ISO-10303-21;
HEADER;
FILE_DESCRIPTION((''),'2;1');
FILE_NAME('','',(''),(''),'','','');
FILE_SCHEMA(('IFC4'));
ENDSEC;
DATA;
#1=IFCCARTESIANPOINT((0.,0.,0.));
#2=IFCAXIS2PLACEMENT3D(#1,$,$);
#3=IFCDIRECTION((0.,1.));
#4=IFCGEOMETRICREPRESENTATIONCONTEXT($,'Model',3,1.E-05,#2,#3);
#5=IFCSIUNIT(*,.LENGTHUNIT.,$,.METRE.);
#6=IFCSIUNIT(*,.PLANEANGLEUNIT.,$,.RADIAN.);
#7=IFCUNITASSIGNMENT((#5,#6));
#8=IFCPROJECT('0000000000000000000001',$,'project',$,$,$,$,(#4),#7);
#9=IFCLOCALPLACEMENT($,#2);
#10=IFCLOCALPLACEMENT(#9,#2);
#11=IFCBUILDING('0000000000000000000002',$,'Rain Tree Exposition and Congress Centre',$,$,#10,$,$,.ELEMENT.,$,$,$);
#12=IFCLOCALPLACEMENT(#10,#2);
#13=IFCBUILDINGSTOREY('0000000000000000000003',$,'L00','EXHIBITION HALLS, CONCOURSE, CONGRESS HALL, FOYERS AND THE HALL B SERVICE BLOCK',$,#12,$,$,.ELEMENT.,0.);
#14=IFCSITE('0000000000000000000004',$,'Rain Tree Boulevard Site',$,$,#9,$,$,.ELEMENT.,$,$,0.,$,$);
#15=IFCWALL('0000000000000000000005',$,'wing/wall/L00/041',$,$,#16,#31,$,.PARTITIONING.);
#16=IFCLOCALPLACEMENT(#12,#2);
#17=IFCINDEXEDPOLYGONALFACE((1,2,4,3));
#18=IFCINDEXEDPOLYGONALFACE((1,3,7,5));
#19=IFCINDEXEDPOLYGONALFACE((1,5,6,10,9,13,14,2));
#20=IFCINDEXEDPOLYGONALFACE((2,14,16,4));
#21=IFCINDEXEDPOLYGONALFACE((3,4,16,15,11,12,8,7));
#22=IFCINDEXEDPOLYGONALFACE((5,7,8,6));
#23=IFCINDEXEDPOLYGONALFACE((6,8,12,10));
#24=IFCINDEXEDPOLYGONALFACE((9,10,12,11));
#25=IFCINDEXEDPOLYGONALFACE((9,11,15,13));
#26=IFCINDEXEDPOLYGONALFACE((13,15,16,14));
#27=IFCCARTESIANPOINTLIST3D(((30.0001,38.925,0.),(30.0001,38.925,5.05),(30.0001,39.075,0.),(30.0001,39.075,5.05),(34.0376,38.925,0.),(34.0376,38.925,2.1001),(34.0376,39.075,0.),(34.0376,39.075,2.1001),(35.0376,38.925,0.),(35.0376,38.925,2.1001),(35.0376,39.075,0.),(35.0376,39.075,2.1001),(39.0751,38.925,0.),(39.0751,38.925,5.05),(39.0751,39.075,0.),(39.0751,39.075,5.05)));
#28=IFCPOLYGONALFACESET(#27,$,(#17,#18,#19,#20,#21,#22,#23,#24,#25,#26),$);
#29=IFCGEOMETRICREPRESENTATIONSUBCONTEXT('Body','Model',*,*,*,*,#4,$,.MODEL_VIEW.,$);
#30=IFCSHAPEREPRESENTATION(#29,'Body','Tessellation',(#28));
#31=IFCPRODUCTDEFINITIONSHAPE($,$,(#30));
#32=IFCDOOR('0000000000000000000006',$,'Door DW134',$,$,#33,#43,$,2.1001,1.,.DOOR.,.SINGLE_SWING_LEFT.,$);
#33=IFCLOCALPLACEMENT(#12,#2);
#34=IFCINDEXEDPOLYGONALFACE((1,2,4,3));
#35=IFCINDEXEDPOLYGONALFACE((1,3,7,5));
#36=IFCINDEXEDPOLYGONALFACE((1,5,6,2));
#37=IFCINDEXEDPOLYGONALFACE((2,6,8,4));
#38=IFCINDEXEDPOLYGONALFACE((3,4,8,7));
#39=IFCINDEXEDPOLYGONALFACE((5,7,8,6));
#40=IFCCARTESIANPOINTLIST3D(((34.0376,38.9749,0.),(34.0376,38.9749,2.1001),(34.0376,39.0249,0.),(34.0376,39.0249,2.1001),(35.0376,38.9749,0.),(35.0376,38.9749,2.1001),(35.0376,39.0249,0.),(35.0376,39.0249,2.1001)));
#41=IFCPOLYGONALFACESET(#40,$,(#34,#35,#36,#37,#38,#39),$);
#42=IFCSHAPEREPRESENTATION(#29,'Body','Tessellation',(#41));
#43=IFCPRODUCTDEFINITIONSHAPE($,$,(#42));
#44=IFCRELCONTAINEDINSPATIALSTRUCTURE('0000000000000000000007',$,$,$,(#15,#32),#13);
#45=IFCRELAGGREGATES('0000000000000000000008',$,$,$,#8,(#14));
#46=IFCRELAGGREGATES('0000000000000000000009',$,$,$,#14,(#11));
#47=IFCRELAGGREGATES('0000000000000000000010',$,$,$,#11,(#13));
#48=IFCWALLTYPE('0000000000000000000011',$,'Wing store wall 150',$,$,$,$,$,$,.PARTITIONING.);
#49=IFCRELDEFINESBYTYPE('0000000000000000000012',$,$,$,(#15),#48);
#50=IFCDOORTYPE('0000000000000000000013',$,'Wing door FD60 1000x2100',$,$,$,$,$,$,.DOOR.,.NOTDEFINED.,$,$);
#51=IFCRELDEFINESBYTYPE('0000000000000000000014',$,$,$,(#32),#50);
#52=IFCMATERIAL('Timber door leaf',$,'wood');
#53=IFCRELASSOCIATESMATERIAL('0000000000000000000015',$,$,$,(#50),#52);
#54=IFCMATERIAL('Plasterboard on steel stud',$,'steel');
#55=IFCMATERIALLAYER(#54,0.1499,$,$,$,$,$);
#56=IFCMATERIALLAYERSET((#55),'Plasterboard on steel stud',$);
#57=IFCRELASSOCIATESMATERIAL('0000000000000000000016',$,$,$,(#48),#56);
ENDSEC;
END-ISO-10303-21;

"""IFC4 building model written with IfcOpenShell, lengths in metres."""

from ifc_helpers import new_model, si_unit, direction, frame, frame_2d, origin, place, context, subcontext, project, spatial, rectangle, extrude, material, layer, layer_set, type_object, element, fill, save


model = new_model("IFC4")

# Units and contexts
model_context = context("Model", 3, precision=1e-05, world=origin(), true_north=direction((0.0, 1.0)))
body_context = subcontext(model_context, "Body", "Model", "MODEL_VIEW")
ifc_project = project(units=[si_unit("LENGTHUNIT", "METRE"), si_unit("PLANEANGLEUNIT", "RADIAN")], contexts=[model_context])

# Site, building, storey
site_placement = place(None, origin())
site = spatial("IfcSite", under=ifc_project, at=site_placement, Name="Rain Tree Boulevard Site", CompositionType="ELEMENT", RefElevation=0.0)
building_placement = place(site_placement, origin())
building = spatial("IfcBuilding", under=site, at=building_placement, Name="Rain Tree Exposition and Congress Centre", CompositionType="ELEMENT")
storey_placement = place(building_placement, origin())
storey = spatial("IfcBuildingStorey", under=building, at=storey_placement, Name="L00", Description="EXHIBITION HALLS, CONCOURSE, CONGRESS HALL, FOYERS AND THE HALL B SERVICE BLOCK", CompositionType="ELEMENT", Elevation=0.0)

# Shared definitions
ifc_material_1 = material(Name="Timber door leaf", Category="wood")
door_type_1 = type_object("IfcDoorType", Name="Wing door FD60 1000x2100", OperationType="NOTDEFINED", PredefinedType="DOOR", material=ifc_material_1)

# Wall, opening, door
ifc_material_2 = material(Name="Plasterboard on steel stud", Category="steel")
ifc_layer_1 = layer(ifc_material_2, 0.1499)
ifc_layer_set_1 = layer_set([ifc_layer_1], Name="Plasterboard on steel stud")
wall_type_1 = type_object("IfcWallType", Name="Wing store wall 150", PredefinedType="PARTITIONING", material=ifc_layer_set_1)
wall_1_placement = place(storey_placement, frame((30.0, 39.0, 0.0), z_axis=(0.0, 0.0, 1.0), x_axis=(1.0, 0.0, 0.0)))
wall_1 = element("IfcWall", 1, at=wall_1_placement, inside=storey, type_object=wall_type_1, Name="wing/wall/L00/041", PredefinedType="PARTITIONING", context=body_context, shape_type="SweptSolid", body=[
    extrude(rectangle(XDim=9.075, YDim=0.1499, at=frame_2d((4.5376, 0.0))), origin(), (0.0, 0.0, 1.0), 5.05),
])
opening_1_placement = place(wall_1_placement, frame((4.0376, 0.0, 0.0)))
opening_1 = element("IfcOpeningElement", 2, at=opening_1_placement, cuts=wall_1, PredefinedType="OPENING", context=body_context, shape_type="SweptSolid", body=[
    extrude(rectangle(XDim=1.0, YDim=2.1001, at=frame_2d((0.5, 1.05))), frame((0.0, 0.075, 0.0), z_axis=(0.0, -1.0, 0.0), x_axis=(1.0, 0.0, 0.0)), (0.0, 0.0, 1.0), 0.1499),
])
door_1_placement = place(opening_1_placement, origin())
door_1 = element("IfcDoor", 3, at=door_1_placement, inside=storey, type_object=door_type_1, Name="Door DW134", OperationType="SINGLE_SWING_LEFT", OverallHeight=2.1001, OverallWidth=1.0, PredefinedType="DOOR", context=body_context, shape_type="SweptSolid", body=[
    extrude(rectangle(XDim=1.0, YDim=2.1001, at=frame_2d((0.5, 1.05))), frame((0.0, 0.0249, 0.0), z_axis=(0.0, -1.0, 0.0), x_axis=(1.0, 0.0, 0.0)), (0.0, 0.0, 1.0), 0.05),
])
fill(opening_1, door_1)

save(model, "model.ifc")
